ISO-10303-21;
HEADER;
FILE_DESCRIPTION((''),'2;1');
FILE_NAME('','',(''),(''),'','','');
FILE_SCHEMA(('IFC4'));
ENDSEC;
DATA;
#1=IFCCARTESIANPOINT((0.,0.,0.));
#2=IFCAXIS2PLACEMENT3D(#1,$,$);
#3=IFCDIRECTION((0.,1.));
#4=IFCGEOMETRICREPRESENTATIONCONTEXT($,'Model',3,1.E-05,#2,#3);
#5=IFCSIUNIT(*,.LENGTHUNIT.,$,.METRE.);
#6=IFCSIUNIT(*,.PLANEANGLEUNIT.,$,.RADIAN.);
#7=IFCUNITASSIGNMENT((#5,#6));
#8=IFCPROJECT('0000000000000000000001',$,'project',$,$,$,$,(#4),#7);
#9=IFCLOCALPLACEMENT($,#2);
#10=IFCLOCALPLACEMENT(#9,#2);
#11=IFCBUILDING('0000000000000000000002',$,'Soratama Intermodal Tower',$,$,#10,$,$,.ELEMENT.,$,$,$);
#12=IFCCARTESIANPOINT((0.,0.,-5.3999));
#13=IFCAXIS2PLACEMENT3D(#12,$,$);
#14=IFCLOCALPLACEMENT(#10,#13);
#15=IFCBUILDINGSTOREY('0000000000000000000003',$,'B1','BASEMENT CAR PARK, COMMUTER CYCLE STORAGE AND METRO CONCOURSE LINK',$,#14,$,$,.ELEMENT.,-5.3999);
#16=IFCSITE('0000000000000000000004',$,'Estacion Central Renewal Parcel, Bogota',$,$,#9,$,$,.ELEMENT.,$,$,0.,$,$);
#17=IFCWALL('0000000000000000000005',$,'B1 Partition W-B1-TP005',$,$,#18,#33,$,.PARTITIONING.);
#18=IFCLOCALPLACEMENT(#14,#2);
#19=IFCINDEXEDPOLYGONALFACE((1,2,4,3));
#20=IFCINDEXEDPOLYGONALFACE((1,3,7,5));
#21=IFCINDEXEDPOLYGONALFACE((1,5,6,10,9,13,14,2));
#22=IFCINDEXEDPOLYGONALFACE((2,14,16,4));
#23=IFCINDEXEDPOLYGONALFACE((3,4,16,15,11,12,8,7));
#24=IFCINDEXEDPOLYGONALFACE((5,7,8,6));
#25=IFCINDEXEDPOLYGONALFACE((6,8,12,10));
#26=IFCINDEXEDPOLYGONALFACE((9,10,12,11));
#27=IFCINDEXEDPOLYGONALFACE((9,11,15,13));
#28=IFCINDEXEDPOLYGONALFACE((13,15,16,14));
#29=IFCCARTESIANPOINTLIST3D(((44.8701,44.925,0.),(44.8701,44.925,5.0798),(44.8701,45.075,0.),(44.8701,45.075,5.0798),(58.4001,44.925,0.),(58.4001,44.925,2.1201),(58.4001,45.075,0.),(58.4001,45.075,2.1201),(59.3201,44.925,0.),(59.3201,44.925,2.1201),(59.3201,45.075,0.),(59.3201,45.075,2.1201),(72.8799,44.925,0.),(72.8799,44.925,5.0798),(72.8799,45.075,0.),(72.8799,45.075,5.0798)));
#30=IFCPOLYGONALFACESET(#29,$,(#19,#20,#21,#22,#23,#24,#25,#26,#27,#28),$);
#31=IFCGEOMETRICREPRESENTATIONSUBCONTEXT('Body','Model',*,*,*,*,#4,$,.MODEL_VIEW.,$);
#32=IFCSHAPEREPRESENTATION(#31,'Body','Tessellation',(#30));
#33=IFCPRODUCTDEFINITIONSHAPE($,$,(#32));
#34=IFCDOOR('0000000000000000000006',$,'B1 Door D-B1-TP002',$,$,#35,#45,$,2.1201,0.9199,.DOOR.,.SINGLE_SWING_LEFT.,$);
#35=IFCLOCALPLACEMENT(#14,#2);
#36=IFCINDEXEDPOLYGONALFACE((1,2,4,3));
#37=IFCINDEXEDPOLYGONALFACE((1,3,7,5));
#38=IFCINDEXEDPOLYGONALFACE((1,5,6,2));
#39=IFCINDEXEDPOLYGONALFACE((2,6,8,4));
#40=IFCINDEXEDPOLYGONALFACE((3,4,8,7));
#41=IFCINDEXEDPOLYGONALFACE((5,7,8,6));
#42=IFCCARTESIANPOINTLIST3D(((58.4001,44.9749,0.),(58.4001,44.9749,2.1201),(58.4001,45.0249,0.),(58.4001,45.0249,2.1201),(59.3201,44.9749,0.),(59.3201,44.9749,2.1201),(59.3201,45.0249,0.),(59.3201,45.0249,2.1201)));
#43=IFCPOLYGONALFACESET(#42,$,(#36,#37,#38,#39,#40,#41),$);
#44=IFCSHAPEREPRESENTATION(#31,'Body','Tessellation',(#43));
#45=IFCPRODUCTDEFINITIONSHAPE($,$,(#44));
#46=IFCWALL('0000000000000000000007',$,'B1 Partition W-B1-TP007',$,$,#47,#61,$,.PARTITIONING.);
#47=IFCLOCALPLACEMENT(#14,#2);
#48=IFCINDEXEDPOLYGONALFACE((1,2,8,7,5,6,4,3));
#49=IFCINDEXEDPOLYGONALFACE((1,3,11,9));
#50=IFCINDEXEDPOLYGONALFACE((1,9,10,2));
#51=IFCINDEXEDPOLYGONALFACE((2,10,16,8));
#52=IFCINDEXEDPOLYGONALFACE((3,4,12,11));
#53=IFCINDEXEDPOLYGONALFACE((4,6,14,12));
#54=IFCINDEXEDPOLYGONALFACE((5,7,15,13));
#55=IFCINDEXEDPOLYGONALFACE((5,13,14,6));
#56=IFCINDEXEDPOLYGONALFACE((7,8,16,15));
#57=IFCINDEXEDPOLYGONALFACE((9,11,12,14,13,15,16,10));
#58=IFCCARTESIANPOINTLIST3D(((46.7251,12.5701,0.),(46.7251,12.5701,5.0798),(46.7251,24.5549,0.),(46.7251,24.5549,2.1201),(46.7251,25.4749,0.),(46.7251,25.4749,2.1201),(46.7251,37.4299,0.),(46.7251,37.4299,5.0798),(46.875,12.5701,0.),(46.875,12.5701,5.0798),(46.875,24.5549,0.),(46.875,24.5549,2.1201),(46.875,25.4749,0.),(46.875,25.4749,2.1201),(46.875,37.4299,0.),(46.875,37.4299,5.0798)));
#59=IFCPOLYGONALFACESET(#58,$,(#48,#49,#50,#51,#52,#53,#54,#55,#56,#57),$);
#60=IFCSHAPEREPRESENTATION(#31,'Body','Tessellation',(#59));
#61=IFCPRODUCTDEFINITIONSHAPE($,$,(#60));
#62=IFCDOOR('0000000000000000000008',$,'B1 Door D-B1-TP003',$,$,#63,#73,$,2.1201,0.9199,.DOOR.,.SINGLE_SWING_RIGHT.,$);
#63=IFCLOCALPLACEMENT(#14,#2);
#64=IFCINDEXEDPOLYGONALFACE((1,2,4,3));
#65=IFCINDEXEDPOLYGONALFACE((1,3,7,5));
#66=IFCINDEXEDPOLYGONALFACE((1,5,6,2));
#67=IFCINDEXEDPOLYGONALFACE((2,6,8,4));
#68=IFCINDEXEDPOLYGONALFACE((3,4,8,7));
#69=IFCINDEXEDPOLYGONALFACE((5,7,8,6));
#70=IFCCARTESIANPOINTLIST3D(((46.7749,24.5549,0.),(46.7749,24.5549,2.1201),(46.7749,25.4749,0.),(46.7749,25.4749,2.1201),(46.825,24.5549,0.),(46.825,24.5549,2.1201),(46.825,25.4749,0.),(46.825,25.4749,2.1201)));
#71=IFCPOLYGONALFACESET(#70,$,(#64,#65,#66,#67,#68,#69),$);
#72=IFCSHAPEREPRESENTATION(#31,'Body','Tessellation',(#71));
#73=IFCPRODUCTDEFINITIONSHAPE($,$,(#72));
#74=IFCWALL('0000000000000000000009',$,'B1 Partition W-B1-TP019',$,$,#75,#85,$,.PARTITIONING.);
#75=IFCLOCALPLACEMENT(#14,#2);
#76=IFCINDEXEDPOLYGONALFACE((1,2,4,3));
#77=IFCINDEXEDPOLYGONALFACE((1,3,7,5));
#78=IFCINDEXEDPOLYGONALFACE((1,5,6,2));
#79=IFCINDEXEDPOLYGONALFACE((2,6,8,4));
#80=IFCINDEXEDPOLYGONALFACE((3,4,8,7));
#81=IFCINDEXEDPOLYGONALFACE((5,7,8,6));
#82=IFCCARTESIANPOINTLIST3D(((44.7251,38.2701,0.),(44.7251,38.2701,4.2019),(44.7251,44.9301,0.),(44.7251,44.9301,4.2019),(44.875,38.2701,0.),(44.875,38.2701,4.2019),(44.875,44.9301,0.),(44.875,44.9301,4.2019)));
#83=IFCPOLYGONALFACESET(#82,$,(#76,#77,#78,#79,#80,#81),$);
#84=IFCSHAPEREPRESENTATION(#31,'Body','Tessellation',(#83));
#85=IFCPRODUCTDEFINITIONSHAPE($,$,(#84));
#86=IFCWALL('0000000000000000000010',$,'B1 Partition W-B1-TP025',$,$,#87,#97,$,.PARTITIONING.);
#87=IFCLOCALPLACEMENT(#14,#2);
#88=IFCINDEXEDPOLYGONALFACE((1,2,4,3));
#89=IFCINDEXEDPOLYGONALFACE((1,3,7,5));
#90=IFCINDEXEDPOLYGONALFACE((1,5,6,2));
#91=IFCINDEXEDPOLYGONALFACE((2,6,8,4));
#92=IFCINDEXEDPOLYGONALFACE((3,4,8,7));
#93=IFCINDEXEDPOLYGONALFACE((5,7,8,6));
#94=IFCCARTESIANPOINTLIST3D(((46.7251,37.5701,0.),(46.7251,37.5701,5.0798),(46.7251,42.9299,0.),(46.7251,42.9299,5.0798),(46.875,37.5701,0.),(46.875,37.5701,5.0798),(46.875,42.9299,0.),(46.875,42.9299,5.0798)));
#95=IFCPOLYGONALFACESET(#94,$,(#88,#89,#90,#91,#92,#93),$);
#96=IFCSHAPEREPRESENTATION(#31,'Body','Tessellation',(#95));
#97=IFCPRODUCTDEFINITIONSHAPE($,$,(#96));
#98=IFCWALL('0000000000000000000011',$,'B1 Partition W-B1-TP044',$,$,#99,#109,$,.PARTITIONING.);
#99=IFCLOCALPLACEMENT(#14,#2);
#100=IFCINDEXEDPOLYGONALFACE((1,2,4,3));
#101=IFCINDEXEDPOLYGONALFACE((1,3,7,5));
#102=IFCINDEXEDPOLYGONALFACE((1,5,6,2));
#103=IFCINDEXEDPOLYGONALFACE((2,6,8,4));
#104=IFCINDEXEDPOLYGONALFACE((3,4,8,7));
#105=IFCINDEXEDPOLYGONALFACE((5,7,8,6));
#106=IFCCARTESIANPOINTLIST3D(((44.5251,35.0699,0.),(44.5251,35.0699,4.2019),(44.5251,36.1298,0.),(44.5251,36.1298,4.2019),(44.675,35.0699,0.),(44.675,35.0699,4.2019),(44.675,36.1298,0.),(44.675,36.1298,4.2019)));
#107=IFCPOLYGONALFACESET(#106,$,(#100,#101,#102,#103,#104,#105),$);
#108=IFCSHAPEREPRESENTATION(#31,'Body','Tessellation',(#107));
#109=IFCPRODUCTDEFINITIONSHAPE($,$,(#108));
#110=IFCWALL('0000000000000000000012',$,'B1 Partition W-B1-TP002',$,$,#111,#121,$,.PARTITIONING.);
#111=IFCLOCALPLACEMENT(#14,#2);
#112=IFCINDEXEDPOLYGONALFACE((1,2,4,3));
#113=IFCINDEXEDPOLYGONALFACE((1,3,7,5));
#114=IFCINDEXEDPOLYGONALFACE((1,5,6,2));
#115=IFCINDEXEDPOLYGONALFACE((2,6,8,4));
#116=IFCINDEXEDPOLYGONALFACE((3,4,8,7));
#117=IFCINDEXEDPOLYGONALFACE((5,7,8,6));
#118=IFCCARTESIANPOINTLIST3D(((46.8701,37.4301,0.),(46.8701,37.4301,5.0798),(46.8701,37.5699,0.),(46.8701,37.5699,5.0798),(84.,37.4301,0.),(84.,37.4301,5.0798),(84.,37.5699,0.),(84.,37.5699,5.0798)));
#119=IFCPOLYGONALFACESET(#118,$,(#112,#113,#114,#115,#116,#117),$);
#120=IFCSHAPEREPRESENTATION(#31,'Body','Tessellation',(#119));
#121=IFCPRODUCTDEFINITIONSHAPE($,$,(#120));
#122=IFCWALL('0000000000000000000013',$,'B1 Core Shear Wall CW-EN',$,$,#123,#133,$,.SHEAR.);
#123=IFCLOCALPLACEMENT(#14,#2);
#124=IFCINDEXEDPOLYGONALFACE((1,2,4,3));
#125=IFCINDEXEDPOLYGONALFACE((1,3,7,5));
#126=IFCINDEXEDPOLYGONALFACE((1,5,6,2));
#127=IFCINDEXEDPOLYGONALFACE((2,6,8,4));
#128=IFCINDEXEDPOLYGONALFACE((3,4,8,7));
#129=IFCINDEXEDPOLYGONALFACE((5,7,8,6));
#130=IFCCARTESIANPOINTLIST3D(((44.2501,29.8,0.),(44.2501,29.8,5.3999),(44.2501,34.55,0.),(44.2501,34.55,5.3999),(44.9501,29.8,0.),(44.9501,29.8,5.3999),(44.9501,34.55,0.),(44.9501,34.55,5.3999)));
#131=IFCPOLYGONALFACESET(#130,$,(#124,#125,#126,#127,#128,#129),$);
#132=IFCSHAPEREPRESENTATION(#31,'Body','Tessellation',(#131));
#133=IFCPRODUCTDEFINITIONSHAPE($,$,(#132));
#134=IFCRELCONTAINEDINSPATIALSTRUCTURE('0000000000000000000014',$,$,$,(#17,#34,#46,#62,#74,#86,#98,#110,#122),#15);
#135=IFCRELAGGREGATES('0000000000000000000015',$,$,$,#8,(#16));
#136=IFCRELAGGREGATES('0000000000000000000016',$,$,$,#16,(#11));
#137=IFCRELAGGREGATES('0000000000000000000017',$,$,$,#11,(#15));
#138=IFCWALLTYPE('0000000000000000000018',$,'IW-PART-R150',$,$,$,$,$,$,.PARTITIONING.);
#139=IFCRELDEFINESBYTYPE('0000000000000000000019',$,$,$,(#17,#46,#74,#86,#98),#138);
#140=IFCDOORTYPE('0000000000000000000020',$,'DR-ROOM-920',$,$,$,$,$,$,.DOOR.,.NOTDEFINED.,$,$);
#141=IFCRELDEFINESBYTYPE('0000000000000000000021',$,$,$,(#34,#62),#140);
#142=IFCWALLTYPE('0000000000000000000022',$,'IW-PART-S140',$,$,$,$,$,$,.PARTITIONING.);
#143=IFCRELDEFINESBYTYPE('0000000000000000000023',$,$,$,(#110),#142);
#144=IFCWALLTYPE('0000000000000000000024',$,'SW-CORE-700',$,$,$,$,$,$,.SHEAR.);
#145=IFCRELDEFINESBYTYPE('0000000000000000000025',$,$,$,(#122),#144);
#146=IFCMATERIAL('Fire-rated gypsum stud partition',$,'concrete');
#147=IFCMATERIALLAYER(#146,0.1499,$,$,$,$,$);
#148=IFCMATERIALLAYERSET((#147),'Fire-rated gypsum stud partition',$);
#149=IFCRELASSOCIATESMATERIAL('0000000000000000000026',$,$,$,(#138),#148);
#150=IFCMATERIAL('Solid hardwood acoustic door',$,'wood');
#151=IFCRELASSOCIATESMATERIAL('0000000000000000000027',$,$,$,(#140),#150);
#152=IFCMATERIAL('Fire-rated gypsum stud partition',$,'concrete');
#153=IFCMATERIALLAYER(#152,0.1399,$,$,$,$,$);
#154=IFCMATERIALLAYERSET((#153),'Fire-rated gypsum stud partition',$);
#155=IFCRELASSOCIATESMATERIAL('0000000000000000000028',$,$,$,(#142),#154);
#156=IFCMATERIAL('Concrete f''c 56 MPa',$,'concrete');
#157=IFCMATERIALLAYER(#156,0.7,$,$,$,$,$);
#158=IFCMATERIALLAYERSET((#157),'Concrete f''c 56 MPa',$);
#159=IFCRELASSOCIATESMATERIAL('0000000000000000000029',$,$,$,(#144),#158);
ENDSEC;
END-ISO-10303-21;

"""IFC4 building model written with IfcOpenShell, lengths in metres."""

from ifc_helpers import new_model, si_unit, direction, frame, frame_2d, origin, place, context, subcontext, project, spatial, rectangle, extrude, material, layer, layer_set, type_object, element, fill, save


model = new_model("IFC4")

# Units and contexts
model_context = context("Model", 3, precision=1e-05, world=origin(), true_north=direction((0.0, 1.0)))
body_context = subcontext(model_context, "Body", "Model", "MODEL_VIEW")
ifc_project = project(units=[si_unit("LENGTHUNIT", "METRE"), si_unit("PLANEANGLEUNIT", "RADIAN")], contexts=[model_context])

# Site, building, storey
site_placement = place(None, origin())
site = spatial("IfcSite", under=ifc_project, at=site_placement, Name="Estacion Central Renewal Parcel, Bogota", CompositionType="ELEMENT", RefElevation=0.0)
building_placement = place(site_placement, origin())
building = spatial("IfcBuilding", under=site, at=building_placement, Name="Soratama Intermodal Tower", CompositionType="ELEMENT")
storey_placement = place(building_placement, frame((0.0, 0.0, -5.3999)))
storey = spatial("IfcBuildingStorey", under=building, at=storey_placement, Name="B1", Description="BASEMENT CAR PARK, COMMUTER CYCLE STORAGE AND METRO CONCOURSE LINK", CompositionType="ELEMENT", Elevation=-5.3999)

# Walls, openings, doors
ifc_material_1 = material(Name="Fire-rated gypsum stud partition", Category="concrete")
ifc_layer_1 = layer(ifc_material_1, 0.1499)
ifc_layer_set_1 = layer_set([ifc_layer_1], Name="Fire-rated gypsum stud partition")
wall_type_1 = type_object("IfcWallType", Name="IW-PART-R150", PredefinedType="PARTITIONING", material=ifc_layer_set_1)
wall_1_placement = place(storey_placement, frame((44.8701, 45.0, 0.0), z_axis=(0.0, 0.0, 1.0), x_axis=(1.0, 0.0, 0.0)))
wall_1 = element("IfcWall", 1, at=wall_1_placement, inside=storey, type_object=wall_type_1, Name="B1 Partition W-B1-TP005", PredefinedType="PARTITIONING", context=body_context, shape_type="SweptSolid", body=[
    extrude(rectangle(XDim=28.0098, YDim=0.1499, at=frame_2d((14.0049, 0.0))), origin(), (0.0, 0.0, 1.0), 5.0798),
])
opening_1_placement = place(wall_1_placement, frame((13.53, 0.0, 0.0)))
opening_1 = element("IfcOpeningElement", 2, at=opening_1_placement, cuts=wall_1, PredefinedType="OPENING", context=body_context, shape_type="SweptSolid", body=[
    extrude(rectangle(XDim=0.9199, YDim=2.1201, at=frame_2d((0.46, 1.0601))), frame((0.0, 0.085, 0.0), z_axis=(0.0, -1.0, 0.0), x_axis=(1.0, 0.0, 0.0)), (0.0, 0.0, 1.0), 0.1699),
])
ifc_material_2 = material(Name="Solid hardwood acoustic door", Category="wood")
door_type = type_object("IfcDoorType", Name="DR-ROOM-920", OperationType="NOTDEFINED", PredefinedType="DOOR", material=ifc_material_2)
door_1_placement = place(opening_1_placement, origin())
door_1 = element("IfcDoor", 3, at=door_1_placement, inside=storey, type_object=door_type, Name="B1 Door D-B1-TP002", OperationType="SINGLE_SWING_LEFT", OverallHeight=2.1201, OverallWidth=0.9199, PredefinedType="DOOR", context=body_context, shape_type="SweptSolid", body=[
    extrude(rectangle(XDim=0.9199, YDim=2.1201, at=frame_2d((0.46, 1.0601))), frame((0.0, 0.0249, 0.0), z_axis=(0.0, -1.0, 0.0), x_axis=(1.0, 0.0, 0.0)), (0.0, 0.0, 1.0), 0.05),
])
fill(opening_1, door_1)
wall_2_placement = place(storey_placement, frame((46.8, 37.4299, 0.0), z_axis=(0.0, 0.0, 1.0), x_axis=(0.0, -1.0, 0.0)))
wall_2 = element("IfcWall", 4, at=wall_2_placement, inside=storey, type_object=wall_type_1, Name="B1 Partition W-B1-TP007", PredefinedType="PARTITIONING", context=body_context, shape_type="SweptSolid", body=[
    extrude(rectangle(XDim=24.8599, YDim=0.1499, at=frame_2d((12.4299, 0.0))), origin(), (0.0, 0.0, 1.0), 5.0798),
])
opening_2_placement = place(wall_2_placement, frame((11.9551, 0.0, 0.0)))
opening_2 = element("IfcOpeningElement", 5, at=opening_2_placement, cuts=wall_2, PredefinedType="OPENING", context=body_context, shape_type="SweptSolid", body=[
    extrude(rectangle(XDim=0.9199, YDim=2.1201, at=frame_2d((0.46, 1.0601))), frame((0.0, 0.085, 0.0), z_axis=(0.0, -1.0, 0.0), x_axis=(1.0, 0.0, 0.0)), (0.0, 0.0, 1.0), 0.1699),
])
door_2_placement = place(opening_2_placement, origin())
door_2 = element("IfcDoor", 6, at=door_2_placement, inside=storey, type_object=door_type, Name="B1 Door D-B1-TP003", OperationType="SINGLE_SWING_RIGHT", OverallHeight=2.1201, OverallWidth=0.9199, PredefinedType="DOOR", context=body_context, shape_type="SweptSolid", body=[
    extrude(rectangle(XDim=0.9199, YDim=2.1201, at=frame_2d((0.46, 1.0601))), frame((0.0, 0.0249, 0.0), z_axis=(0.0, -1.0, 0.0), x_axis=(1.0, 0.0, 0.0)), (0.0, 0.0, 1.0), 0.05),
])
fill(opening_2, door_2)

# Walls
wall_3_placement = place(storey_placement, frame((44.8, 38.27, 0.0), z_axis=(0.0, 0.0, 1.0), x_axis=(0.0, 1.0, 0.0)))
element("IfcWall", 7, at=wall_3_placement, inside=storey, type_object=wall_type_1, Name="B1 Partition W-B1-TP019", PredefinedType="PARTITIONING", context=body_context, shape_type="SweptSolid", body=[
    extrude(rectangle(XDim=6.6599, YDim=0.1499, at=frame_2d((3.3301, 0.0))), origin(), (0.0, 0.0, 1.0), 4.2019),
])
wall_4_placement = place(storey_placement, frame((46.8, 42.9299, 0.0), z_axis=(0.0, 0.0, 1.0), x_axis=(0.0, -1.0, 0.0)))
element("IfcWall", 8, at=wall_4_placement, inside=storey, type_object=wall_type_1, Name="B1 Partition W-B1-TP025", PredefinedType="PARTITIONING", context=body_context, shape_type="SweptSolid", body=[
    extrude(rectangle(XDim=5.3599, YDim=0.1499, at=frame_2d((2.6799, 0.0))), origin(), (0.0, 0.0, 1.0), 5.0798),
])
wall_5_placement = place(storey_placement, frame((44.6001, 35.0701, 0.0), z_axis=(0.0, 0.0, 1.0), x_axis=(0.0, 1.0, 0.0)))
element("IfcWall", 9, at=wall_5_placement, inside=storey, type_object=wall_type_1, Name="B1 Partition W-B1-TP044", PredefinedType="PARTITIONING", context=body_context, shape_type="SweptSolid", body=[
    extrude(rectangle(XDim=1.0598, YDim=0.1499, at=frame_2d((0.5298, 0.0))), origin(), (0.0, 0.0, 1.0), 4.2019),
])
ifc_material_3 = material(Name="Fire-rated gypsum stud partition", Category="concrete")
ifc_layer_2 = layer(ifc_material_3, 0.1399)
ifc_layer_set_2 = layer_set([ifc_layer_2], Name="Fire-rated gypsum stud partition")
wall_type_2 = type_object("IfcWallType", Name="IW-PART-S140", PredefinedType="PARTITIONING", material=ifc_layer_set_2)
wall_6_placement = place(storey_placement, frame((46.8701, 37.5, 0.0), z_axis=(0.0, 0.0, 1.0), x_axis=(1.0, 0.0, 0.0)))
element("IfcWall", 10, at=wall_6_placement, inside=storey, type_object=wall_type_2, Name="B1 Partition W-B1-TP002", PredefinedType="PARTITIONING", context=body_context, shape_type="SweptSolid", body=[
    extrude(rectangle(XDim=37.1299, YDim=0.1399, at=frame_2d((18.5649, 0.0))), origin(), (0.0, 0.0, 1.0), 5.0798),
])
ifc_material_4 = material(Name="Concrete f'c 56 MPa", Category="concrete")
ifc_layer_3 = layer(ifc_material_4, 0.7)
ifc_layer_set_3 = layer_set([ifc_layer_3], Name="Concrete f'c 56 MPa")
wall_type_3 = type_object("IfcWallType", Name="SW-CORE-700", PredefinedType="SHEAR", material=ifc_layer_set_3)
wall_7_placement = place(storey_placement, frame((44.6001, 29.8, 0.0), z_axis=(0.0, 0.0, 1.0), x_axis=(0.0, 1.0, 0.0)))
element("IfcWall", 11, at=wall_7_placement, inside=storey, type_object=wall_type_3, Name="B1 Core Shear Wall CW-EN", PredefinedType="SHEAR", context=body_context, shape_type="SweptSolid", body=[
    extrude(rectangle(XDim=4.75, YDim=0.7, at=frame_2d((2.375, 0.0))), origin(), (0.0, 0.0, 1.0), 5.3999),
])

save(model, "model.ifc")
